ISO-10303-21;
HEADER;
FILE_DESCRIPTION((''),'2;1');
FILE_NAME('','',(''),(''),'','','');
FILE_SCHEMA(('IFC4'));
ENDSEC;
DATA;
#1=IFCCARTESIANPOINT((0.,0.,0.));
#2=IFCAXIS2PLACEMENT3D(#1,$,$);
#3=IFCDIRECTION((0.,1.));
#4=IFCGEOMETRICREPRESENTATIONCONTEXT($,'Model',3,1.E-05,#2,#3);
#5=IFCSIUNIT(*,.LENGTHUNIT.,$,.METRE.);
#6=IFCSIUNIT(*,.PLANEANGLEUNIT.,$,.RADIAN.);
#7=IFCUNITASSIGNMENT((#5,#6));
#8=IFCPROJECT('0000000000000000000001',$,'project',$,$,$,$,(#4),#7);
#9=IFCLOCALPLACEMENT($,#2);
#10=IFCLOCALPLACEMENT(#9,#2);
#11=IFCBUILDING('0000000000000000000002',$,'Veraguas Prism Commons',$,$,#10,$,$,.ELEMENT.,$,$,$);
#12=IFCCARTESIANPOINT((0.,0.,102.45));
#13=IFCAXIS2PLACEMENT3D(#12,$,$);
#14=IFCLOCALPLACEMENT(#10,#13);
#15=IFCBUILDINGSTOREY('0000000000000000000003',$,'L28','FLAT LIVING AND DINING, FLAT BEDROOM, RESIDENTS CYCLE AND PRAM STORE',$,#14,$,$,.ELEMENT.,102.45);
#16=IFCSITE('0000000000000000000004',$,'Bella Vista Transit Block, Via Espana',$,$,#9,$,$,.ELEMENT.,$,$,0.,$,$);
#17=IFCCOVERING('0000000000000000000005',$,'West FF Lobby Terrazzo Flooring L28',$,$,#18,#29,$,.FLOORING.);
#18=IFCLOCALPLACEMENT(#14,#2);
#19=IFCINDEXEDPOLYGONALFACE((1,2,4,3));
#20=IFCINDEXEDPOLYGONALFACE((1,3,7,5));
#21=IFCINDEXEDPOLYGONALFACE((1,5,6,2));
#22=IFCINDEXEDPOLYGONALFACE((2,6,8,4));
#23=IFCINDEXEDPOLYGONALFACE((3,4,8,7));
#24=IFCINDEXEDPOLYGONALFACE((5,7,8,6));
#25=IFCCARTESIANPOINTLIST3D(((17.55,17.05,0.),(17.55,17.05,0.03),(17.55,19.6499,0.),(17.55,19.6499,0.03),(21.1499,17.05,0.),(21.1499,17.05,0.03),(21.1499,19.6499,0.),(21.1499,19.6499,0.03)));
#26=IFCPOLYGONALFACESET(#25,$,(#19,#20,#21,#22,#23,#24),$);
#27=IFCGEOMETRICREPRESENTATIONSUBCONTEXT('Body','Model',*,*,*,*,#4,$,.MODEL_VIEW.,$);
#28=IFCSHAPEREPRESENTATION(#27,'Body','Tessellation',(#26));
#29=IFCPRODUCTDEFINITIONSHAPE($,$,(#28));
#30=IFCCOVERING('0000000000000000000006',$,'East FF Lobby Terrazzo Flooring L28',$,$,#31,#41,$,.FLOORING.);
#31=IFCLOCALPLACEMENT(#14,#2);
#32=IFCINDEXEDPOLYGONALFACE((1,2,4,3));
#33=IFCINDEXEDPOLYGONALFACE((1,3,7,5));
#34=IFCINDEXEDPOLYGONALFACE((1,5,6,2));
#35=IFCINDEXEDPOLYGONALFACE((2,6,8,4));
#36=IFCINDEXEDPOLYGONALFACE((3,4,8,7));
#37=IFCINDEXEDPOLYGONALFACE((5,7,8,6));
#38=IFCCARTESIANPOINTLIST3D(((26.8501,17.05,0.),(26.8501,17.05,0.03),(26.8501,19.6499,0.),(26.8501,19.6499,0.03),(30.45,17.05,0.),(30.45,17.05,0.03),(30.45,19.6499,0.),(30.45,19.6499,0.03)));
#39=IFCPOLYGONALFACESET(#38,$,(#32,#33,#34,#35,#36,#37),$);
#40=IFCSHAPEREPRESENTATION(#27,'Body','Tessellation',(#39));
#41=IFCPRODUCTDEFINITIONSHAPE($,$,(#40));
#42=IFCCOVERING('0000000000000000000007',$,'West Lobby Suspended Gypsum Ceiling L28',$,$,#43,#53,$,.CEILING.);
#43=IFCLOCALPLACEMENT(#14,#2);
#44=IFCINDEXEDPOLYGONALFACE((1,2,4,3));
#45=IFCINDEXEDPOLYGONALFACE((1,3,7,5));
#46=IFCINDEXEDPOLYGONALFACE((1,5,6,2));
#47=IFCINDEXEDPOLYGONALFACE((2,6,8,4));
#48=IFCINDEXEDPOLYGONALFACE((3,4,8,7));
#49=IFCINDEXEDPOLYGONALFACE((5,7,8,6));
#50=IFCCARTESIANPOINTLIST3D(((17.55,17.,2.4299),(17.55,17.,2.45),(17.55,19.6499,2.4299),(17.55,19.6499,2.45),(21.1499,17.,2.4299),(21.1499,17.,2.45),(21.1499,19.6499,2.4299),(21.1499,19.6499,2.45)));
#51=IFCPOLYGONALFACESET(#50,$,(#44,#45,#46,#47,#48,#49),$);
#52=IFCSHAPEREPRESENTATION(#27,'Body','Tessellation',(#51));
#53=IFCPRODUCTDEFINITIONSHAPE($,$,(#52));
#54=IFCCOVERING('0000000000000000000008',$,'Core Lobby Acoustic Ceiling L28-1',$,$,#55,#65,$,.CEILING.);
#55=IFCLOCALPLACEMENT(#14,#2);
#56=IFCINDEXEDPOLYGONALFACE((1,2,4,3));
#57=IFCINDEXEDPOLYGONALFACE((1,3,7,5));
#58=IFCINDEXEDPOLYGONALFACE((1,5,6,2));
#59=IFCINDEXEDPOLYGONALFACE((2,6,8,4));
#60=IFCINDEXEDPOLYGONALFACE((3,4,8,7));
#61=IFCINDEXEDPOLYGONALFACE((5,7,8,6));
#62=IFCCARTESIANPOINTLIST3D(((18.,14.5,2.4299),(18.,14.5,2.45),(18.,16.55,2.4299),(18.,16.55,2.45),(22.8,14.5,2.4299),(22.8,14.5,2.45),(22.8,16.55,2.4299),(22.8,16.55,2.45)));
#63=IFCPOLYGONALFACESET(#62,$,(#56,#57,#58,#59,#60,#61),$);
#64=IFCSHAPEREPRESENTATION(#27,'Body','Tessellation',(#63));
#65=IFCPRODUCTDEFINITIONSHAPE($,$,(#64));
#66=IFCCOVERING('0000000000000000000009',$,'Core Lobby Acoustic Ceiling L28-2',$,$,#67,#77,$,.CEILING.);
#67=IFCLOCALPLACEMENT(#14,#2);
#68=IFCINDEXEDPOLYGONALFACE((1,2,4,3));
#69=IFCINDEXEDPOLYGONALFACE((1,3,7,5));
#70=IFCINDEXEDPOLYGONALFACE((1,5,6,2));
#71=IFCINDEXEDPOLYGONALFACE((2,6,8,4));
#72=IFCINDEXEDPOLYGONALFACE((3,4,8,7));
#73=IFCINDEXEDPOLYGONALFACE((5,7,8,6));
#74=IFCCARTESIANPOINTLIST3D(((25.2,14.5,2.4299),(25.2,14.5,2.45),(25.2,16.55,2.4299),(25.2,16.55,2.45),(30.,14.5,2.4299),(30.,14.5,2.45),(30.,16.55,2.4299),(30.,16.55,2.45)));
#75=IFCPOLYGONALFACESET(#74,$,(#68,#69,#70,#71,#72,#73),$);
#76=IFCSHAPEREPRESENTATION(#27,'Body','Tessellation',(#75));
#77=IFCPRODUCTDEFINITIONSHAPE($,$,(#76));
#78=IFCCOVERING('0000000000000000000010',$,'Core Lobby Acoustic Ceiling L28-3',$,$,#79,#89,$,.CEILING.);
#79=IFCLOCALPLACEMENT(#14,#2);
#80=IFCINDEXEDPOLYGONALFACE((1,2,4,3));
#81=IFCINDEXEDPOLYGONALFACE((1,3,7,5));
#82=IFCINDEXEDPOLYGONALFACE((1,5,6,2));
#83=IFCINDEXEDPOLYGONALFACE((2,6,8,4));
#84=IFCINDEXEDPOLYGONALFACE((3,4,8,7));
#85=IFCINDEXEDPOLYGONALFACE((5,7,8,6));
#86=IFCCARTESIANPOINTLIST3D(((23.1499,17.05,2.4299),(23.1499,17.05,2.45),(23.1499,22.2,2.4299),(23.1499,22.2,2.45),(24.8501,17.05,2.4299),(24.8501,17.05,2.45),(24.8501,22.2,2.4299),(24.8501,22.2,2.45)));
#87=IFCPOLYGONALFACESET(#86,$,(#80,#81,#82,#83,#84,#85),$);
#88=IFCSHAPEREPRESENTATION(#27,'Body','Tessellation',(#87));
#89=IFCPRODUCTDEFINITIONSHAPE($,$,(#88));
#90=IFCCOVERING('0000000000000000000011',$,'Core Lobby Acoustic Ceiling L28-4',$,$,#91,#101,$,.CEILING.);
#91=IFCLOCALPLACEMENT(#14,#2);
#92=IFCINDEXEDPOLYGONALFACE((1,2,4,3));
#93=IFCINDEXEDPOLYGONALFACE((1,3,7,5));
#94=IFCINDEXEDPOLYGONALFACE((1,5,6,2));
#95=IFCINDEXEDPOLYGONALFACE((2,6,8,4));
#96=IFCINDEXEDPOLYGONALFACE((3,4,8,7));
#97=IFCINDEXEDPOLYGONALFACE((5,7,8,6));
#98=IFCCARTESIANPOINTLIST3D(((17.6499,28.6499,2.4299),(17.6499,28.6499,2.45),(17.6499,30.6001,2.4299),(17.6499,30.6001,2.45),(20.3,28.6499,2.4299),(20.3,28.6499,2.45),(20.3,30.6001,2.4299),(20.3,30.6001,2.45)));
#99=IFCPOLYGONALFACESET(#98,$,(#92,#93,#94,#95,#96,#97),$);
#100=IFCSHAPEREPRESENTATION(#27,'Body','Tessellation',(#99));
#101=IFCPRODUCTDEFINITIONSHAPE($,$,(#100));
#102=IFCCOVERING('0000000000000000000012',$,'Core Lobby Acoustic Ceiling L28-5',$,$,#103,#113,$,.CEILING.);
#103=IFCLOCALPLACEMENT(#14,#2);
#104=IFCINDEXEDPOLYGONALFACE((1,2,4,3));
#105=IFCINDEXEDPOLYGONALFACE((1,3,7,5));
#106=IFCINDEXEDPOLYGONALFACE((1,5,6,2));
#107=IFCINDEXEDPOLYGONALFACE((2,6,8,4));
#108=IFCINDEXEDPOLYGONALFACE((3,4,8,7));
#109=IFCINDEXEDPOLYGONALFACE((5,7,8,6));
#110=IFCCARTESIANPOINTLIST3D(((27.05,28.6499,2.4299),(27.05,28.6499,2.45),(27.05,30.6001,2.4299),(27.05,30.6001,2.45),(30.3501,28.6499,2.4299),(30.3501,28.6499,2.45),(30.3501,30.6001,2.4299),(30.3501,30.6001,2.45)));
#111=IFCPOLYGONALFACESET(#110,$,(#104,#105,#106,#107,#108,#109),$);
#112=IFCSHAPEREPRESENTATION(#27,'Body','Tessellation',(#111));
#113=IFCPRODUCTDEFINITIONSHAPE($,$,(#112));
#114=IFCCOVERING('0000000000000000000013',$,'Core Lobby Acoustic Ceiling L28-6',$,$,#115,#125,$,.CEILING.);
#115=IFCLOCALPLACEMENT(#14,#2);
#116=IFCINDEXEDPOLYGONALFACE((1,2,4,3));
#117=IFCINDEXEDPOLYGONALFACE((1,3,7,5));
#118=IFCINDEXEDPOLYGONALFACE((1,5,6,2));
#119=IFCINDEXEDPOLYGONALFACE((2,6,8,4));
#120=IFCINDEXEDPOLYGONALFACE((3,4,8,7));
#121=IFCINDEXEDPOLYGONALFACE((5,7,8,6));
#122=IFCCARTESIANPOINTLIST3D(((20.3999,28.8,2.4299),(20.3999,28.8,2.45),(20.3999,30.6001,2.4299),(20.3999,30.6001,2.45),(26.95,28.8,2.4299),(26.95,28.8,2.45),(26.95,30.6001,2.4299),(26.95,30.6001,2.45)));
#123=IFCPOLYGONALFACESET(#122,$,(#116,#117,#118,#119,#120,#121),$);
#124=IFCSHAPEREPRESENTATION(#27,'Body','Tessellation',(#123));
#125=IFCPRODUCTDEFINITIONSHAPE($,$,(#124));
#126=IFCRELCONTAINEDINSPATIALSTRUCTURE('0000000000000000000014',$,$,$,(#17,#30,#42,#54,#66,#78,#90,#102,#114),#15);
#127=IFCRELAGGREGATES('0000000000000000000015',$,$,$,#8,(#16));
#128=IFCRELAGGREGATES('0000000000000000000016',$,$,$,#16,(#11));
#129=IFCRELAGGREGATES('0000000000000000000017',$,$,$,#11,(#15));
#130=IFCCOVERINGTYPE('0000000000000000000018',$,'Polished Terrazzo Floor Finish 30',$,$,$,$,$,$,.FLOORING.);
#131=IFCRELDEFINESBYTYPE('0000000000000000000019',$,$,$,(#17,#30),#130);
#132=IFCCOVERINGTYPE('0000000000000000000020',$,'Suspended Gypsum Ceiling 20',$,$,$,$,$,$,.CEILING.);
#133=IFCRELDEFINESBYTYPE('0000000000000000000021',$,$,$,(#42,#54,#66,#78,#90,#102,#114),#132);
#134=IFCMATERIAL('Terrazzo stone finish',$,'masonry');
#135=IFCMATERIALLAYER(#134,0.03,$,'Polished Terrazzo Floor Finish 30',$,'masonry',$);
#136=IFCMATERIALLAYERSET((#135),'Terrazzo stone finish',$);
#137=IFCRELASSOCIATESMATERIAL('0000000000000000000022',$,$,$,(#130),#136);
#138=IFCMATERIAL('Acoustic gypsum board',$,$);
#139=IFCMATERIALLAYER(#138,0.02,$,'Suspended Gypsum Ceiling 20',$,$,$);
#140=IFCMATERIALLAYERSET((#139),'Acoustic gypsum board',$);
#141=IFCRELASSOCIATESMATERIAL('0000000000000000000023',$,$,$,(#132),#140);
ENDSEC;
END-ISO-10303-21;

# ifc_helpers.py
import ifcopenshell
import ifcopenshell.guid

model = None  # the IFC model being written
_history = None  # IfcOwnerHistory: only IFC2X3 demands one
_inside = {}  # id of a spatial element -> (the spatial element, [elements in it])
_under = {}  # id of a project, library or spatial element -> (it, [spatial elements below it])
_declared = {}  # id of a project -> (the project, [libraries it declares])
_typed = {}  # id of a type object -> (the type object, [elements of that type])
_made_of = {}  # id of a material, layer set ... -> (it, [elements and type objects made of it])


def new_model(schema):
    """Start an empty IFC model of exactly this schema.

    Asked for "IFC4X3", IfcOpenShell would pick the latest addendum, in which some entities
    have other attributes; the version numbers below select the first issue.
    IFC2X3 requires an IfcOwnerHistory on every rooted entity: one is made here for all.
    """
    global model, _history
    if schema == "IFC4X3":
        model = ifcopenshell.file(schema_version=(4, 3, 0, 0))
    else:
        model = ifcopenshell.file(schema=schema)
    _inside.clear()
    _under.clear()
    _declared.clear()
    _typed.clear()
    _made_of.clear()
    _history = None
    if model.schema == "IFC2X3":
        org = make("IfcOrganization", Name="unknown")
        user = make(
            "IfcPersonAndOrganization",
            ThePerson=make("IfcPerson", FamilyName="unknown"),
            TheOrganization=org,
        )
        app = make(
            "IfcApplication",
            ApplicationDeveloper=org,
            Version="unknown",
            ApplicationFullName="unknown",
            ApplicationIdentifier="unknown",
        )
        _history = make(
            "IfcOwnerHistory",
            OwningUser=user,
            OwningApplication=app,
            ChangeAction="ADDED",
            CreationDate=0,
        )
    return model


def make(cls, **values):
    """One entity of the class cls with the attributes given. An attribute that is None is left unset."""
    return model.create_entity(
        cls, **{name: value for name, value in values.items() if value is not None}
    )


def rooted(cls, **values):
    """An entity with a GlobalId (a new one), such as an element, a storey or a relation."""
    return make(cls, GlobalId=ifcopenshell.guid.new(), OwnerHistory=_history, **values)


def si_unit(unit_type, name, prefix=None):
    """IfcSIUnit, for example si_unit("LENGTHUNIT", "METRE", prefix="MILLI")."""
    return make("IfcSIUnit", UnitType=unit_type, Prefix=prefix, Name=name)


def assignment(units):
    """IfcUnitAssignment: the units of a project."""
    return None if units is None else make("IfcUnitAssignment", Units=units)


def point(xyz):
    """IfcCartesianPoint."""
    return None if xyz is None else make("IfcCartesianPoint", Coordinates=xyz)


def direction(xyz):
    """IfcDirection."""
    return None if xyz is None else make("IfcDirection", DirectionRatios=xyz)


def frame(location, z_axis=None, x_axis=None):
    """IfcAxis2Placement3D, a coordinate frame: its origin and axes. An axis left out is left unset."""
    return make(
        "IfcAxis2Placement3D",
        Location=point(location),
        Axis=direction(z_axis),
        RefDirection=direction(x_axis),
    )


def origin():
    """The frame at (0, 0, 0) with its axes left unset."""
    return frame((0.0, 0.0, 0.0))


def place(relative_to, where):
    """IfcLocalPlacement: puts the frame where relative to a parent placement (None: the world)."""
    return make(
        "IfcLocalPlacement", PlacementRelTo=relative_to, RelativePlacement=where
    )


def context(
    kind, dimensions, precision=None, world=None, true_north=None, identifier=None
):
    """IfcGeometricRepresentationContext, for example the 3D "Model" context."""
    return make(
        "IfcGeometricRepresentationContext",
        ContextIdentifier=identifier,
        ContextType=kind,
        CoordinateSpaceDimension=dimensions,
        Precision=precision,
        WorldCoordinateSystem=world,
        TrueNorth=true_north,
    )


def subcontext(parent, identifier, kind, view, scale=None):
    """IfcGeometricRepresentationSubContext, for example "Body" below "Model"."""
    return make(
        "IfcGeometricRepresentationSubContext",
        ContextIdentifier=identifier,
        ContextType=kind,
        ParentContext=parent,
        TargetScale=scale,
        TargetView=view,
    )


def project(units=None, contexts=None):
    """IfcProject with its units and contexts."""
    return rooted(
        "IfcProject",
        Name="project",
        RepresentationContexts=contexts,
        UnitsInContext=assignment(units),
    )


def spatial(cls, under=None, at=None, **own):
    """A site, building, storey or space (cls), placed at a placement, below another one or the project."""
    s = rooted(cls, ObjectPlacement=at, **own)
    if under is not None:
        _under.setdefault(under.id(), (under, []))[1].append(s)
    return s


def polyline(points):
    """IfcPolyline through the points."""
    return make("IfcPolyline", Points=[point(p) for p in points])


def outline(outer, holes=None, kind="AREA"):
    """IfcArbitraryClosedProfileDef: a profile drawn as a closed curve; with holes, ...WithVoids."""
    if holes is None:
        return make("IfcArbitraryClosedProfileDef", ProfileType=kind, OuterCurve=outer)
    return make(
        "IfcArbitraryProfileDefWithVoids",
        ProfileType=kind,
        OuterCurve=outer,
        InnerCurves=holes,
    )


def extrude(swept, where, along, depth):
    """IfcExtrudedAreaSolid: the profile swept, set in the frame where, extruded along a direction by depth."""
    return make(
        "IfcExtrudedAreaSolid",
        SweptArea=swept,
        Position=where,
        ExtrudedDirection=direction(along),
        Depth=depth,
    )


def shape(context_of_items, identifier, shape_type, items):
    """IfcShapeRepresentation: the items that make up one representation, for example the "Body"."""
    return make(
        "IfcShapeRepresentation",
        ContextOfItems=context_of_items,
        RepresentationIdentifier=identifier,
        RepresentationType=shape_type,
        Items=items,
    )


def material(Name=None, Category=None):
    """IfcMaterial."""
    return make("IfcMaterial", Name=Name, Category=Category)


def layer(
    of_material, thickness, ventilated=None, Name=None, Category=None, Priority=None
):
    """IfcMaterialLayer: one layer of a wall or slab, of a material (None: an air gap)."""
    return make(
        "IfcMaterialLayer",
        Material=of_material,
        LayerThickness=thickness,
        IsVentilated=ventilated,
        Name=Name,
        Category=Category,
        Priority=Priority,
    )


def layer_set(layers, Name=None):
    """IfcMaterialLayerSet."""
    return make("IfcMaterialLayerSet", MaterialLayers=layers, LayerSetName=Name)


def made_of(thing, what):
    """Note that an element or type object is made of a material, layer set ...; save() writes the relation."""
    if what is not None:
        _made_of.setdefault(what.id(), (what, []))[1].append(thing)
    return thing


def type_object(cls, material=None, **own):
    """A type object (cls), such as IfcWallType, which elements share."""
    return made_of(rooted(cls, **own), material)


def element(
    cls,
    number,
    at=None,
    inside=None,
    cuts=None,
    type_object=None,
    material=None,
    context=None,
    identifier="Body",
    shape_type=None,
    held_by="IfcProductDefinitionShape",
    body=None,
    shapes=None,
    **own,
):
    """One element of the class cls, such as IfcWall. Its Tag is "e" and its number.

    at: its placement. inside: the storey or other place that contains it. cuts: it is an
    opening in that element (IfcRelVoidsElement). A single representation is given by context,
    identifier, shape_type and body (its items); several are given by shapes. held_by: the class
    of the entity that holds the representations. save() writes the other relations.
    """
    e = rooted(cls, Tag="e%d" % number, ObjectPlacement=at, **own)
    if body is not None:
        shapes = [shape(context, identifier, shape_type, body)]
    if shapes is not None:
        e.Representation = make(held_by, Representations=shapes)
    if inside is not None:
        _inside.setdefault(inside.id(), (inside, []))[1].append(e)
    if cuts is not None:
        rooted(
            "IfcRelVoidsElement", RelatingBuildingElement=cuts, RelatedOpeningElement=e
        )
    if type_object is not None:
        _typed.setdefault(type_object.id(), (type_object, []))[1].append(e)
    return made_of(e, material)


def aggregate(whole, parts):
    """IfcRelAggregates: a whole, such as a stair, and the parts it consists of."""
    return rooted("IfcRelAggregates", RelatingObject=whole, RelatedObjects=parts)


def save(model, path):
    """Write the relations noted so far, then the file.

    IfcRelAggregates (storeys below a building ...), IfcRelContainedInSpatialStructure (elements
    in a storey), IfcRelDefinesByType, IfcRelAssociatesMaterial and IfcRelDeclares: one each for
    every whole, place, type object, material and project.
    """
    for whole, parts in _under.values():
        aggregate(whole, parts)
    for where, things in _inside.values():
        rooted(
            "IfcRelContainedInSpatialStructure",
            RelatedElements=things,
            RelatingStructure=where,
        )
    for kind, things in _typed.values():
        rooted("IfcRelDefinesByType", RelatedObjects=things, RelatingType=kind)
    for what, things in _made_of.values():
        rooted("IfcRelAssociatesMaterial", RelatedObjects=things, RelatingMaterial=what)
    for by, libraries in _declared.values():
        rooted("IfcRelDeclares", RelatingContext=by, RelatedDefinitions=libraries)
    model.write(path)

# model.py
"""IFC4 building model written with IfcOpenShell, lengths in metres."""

from ifc_helpers import new_model, si_unit, direction, frame, origin, place, context, subcontext, project, spatial, polyline, outline, extrude, material, layer, layer_set, type_object, element, save


model = new_model("IFC4")

# Units and contexts
model_context = context("Model", 3, precision=1e-05, world=origin(), true_north=direction((0.0, 1.0)))
body_context = subcontext(model_context, "Body", "Model", "MODEL_VIEW")
ifc_project = project(units=[si_unit("LENGTHUNIT", "METRE"), si_unit("PLANEANGLEUNIT", "RADIAN")], contexts=[model_context])

# Site, building, storey
site_placement = place(None, origin())
site = spatial("IfcSite", under=ifc_project, at=site_placement, Name="Bella Vista Transit Block, Via Espana", CompositionType="ELEMENT", RefElevation=0.0)
building_placement = place(site_placement, origin())
building = spatial("IfcBuilding", under=site, at=building_placement, Name="Veraguas Prism Commons", CompositionType="ELEMENT")
storey_placement = place(building_placement, frame((0.0, 0.0, 102.45)))
storey = spatial("IfcBuildingStorey", under=building, at=storey_placement, Name="L28", Description="FLAT LIVING AND DINING, FLAT BEDROOM, RESIDENTS CYCLE AND PRAM STORE", CompositionType="ELEMENT", Elevation=102.45)

# Coverings
ifc_material_1 = material(Name="Acoustic gypsum board")
ifc_material_2 = material(Name="Terrazzo stone finish", Category="masonry")
ifc_layer_1 = layer(ifc_material_2, 0.03, Name="Polished Terrazzo Floor Finish 30", Category="masonry")
ifc_layer_set_1 = layer_set([ifc_layer_1], Name="Terrazzo stone finish")
covering_type_1 = type_object("IfcCoveringType", Name="Polished Terrazzo Floor Finish 30", PredefinedType="FLOORING", material=ifc_layer_set_1)
covering_1_placement = place(storey_placement, origin())
element("IfcCovering", 1, at=covering_1_placement, inside=storey, type_object=covering_type_1, Name="West FF Lobby Terrazzo Flooring L28", PredefinedType="FLOORING", context=body_context, shape_type="SweptSolid", body=[
    extrude(outline(polyline([(17.55, 17.05), (21.1499, 17.05), (21.1499, 19.6499), (17.55, 19.6499), (17.55, 17.05)])), origin(), (0.0, 0.0, 1.0), 0.03),
])
covering_2_placement = place(storey_placement, origin())
element("IfcCovering", 2, at=covering_2_placement, inside=storey, type_object=covering_type_1, Name="East FF Lobby Terrazzo Flooring L28", PredefinedType="FLOORING", context=body_context, shape_type="SweptSolid", body=[
    extrude(outline(polyline([(26.8501, 17.05), (30.45, 17.05), (30.45, 19.6499), (26.8501, 19.6499), (26.8501, 17.05)])), origin(), (0.0, 0.0, 1.0), 0.03),
])
ifc_layer_2 = layer(ifc_material_1, 0.02, Name="Suspended Gypsum Ceiling 20")
ifc_layer_set_2 = layer_set([ifc_layer_2], Name="Acoustic gypsum board")
covering_type_2 = type_object("IfcCoveringType", Name="Suspended Gypsum Ceiling 20", PredefinedType="CEILING", material=ifc_layer_set_2)
covering_3_placement = place(storey_placement, frame((0.0, 0.0, 2.4299)))
element("IfcCovering", 3, at=covering_3_placement, inside=storey, type_object=covering_type_2, Name="West Lobby Suspended Gypsum Ceiling L28", PredefinedType="CEILING", context=body_context, shape_type="SweptSolid", body=[
    extrude(outline(polyline([(17.55, 17.0), (21.1499, 17.0), (21.1499, 19.6499), (17.55, 19.6499), (17.55, 17.0)])), origin(), (0.0, 0.0, 1.0), 0.02),
])
covering_4_placement = place(storey_placement, frame((0.0, 0.0, 2.4299)))
element("IfcCovering", 4, at=covering_4_placement, inside=storey, type_object=covering_type_2, Name="Core Lobby Acoustic Ceiling L28-1", PredefinedType="CEILING", context=body_context, shape_type="SweptSolid", body=[
    extrude(outline(polyline([(18.0, 14.5), (22.8, 14.5), (22.8, 16.55), (18.0, 16.55), (18.0, 14.5)])), origin(), (0.0, 0.0, 1.0), 0.02),
])
covering_5_placement = place(storey_placement, frame((0.0, 0.0, 2.4299)))
element("IfcCovering", 5, at=covering_5_placement, inside=storey, type_object=covering_type_2, Name="Core Lobby Acoustic Ceiling L28-2", PredefinedType="CEILING", context=body_context, shape_type="SweptSolid", body=[
    extrude(outline(polyline([(25.2, 14.5), (30.0, 14.5), (30.0, 16.55), (25.2, 16.55), (25.2, 14.5)])), origin(), (0.0, 0.0, 1.0), 0.02),
])
covering_6_placement = place(storey_placement, frame((0.0, 0.0, 2.4299)))
element("IfcCovering", 6, at=covering_6_placement, inside=storey, type_object=covering_type_2, Name="Core Lobby Acoustic Ceiling L28-3", PredefinedType="CEILING", context=body_context, shape_type="SweptSolid", body=[
    extrude(outline(polyline([(23.1499, 17.05), (24.8501, 17.05), (24.8501, 22.2), (23.1499, 22.2), (23.1499, 17.05)])), origin(), (0.0, 0.0, 1.0), 0.02),
])
covering_7_placement = place(storey_placement, frame((0.0, 0.0, 2.4299)))
element("IfcCovering", 7, at=covering_7_placement, inside=storey, type_object=covering_type_2, Name="Core Lobby Acoustic Ceiling L28-4", PredefinedType="CEILING", context=body_context, shape_type="SweptSolid", body=[
    extrude(outline(polyline([(17.6499, 28.6499), (20.3, 28.6499), (20.3, 30.6001), (17.6499, 30.6001), (17.6499, 28.6499)])), origin(), (0.0, 0.0, 1.0), 0.02),
])
covering_8_placement = place(storey_placement, frame((0.0, 0.0, 2.4299)))
element("IfcCovering", 8, at=covering_8_placement, inside=storey, type_object=covering_type_2, Name="Core Lobby Acoustic Ceiling L28-5", PredefinedType="CEILING", context=body_context, shape_type="SweptSolid", body=[
    extrude(outline(polyline([(27.05, 28.6499), (30.3501, 28.6499), (30.3501, 30.6001), (27.05, 30.6001), (27.05, 28.6499)])), origin(), (0.0, 0.0, 1.0), 0.02),
])
covering_9_placement = place(storey_placement, frame((0.0, 0.0, 2.4299)))
element("IfcCovering", 9, at=covering_9_placement, inside=storey, type_object=covering_type_2, Name="Core Lobby Acoustic Ceiling L28-6", PredefinedType="CEILING", context=body_context, shape_type="SweptSolid", body=[
    extrude(outline(polyline([(20.3999, 28.8), (26.95, 28.8), (26.95, 30.6001), (20.3999, 30.6001), (20.3999, 28.8)])), origin(), (0.0, 0.0, 1.0), 0.02),
])

save(model, "model.ifc")
